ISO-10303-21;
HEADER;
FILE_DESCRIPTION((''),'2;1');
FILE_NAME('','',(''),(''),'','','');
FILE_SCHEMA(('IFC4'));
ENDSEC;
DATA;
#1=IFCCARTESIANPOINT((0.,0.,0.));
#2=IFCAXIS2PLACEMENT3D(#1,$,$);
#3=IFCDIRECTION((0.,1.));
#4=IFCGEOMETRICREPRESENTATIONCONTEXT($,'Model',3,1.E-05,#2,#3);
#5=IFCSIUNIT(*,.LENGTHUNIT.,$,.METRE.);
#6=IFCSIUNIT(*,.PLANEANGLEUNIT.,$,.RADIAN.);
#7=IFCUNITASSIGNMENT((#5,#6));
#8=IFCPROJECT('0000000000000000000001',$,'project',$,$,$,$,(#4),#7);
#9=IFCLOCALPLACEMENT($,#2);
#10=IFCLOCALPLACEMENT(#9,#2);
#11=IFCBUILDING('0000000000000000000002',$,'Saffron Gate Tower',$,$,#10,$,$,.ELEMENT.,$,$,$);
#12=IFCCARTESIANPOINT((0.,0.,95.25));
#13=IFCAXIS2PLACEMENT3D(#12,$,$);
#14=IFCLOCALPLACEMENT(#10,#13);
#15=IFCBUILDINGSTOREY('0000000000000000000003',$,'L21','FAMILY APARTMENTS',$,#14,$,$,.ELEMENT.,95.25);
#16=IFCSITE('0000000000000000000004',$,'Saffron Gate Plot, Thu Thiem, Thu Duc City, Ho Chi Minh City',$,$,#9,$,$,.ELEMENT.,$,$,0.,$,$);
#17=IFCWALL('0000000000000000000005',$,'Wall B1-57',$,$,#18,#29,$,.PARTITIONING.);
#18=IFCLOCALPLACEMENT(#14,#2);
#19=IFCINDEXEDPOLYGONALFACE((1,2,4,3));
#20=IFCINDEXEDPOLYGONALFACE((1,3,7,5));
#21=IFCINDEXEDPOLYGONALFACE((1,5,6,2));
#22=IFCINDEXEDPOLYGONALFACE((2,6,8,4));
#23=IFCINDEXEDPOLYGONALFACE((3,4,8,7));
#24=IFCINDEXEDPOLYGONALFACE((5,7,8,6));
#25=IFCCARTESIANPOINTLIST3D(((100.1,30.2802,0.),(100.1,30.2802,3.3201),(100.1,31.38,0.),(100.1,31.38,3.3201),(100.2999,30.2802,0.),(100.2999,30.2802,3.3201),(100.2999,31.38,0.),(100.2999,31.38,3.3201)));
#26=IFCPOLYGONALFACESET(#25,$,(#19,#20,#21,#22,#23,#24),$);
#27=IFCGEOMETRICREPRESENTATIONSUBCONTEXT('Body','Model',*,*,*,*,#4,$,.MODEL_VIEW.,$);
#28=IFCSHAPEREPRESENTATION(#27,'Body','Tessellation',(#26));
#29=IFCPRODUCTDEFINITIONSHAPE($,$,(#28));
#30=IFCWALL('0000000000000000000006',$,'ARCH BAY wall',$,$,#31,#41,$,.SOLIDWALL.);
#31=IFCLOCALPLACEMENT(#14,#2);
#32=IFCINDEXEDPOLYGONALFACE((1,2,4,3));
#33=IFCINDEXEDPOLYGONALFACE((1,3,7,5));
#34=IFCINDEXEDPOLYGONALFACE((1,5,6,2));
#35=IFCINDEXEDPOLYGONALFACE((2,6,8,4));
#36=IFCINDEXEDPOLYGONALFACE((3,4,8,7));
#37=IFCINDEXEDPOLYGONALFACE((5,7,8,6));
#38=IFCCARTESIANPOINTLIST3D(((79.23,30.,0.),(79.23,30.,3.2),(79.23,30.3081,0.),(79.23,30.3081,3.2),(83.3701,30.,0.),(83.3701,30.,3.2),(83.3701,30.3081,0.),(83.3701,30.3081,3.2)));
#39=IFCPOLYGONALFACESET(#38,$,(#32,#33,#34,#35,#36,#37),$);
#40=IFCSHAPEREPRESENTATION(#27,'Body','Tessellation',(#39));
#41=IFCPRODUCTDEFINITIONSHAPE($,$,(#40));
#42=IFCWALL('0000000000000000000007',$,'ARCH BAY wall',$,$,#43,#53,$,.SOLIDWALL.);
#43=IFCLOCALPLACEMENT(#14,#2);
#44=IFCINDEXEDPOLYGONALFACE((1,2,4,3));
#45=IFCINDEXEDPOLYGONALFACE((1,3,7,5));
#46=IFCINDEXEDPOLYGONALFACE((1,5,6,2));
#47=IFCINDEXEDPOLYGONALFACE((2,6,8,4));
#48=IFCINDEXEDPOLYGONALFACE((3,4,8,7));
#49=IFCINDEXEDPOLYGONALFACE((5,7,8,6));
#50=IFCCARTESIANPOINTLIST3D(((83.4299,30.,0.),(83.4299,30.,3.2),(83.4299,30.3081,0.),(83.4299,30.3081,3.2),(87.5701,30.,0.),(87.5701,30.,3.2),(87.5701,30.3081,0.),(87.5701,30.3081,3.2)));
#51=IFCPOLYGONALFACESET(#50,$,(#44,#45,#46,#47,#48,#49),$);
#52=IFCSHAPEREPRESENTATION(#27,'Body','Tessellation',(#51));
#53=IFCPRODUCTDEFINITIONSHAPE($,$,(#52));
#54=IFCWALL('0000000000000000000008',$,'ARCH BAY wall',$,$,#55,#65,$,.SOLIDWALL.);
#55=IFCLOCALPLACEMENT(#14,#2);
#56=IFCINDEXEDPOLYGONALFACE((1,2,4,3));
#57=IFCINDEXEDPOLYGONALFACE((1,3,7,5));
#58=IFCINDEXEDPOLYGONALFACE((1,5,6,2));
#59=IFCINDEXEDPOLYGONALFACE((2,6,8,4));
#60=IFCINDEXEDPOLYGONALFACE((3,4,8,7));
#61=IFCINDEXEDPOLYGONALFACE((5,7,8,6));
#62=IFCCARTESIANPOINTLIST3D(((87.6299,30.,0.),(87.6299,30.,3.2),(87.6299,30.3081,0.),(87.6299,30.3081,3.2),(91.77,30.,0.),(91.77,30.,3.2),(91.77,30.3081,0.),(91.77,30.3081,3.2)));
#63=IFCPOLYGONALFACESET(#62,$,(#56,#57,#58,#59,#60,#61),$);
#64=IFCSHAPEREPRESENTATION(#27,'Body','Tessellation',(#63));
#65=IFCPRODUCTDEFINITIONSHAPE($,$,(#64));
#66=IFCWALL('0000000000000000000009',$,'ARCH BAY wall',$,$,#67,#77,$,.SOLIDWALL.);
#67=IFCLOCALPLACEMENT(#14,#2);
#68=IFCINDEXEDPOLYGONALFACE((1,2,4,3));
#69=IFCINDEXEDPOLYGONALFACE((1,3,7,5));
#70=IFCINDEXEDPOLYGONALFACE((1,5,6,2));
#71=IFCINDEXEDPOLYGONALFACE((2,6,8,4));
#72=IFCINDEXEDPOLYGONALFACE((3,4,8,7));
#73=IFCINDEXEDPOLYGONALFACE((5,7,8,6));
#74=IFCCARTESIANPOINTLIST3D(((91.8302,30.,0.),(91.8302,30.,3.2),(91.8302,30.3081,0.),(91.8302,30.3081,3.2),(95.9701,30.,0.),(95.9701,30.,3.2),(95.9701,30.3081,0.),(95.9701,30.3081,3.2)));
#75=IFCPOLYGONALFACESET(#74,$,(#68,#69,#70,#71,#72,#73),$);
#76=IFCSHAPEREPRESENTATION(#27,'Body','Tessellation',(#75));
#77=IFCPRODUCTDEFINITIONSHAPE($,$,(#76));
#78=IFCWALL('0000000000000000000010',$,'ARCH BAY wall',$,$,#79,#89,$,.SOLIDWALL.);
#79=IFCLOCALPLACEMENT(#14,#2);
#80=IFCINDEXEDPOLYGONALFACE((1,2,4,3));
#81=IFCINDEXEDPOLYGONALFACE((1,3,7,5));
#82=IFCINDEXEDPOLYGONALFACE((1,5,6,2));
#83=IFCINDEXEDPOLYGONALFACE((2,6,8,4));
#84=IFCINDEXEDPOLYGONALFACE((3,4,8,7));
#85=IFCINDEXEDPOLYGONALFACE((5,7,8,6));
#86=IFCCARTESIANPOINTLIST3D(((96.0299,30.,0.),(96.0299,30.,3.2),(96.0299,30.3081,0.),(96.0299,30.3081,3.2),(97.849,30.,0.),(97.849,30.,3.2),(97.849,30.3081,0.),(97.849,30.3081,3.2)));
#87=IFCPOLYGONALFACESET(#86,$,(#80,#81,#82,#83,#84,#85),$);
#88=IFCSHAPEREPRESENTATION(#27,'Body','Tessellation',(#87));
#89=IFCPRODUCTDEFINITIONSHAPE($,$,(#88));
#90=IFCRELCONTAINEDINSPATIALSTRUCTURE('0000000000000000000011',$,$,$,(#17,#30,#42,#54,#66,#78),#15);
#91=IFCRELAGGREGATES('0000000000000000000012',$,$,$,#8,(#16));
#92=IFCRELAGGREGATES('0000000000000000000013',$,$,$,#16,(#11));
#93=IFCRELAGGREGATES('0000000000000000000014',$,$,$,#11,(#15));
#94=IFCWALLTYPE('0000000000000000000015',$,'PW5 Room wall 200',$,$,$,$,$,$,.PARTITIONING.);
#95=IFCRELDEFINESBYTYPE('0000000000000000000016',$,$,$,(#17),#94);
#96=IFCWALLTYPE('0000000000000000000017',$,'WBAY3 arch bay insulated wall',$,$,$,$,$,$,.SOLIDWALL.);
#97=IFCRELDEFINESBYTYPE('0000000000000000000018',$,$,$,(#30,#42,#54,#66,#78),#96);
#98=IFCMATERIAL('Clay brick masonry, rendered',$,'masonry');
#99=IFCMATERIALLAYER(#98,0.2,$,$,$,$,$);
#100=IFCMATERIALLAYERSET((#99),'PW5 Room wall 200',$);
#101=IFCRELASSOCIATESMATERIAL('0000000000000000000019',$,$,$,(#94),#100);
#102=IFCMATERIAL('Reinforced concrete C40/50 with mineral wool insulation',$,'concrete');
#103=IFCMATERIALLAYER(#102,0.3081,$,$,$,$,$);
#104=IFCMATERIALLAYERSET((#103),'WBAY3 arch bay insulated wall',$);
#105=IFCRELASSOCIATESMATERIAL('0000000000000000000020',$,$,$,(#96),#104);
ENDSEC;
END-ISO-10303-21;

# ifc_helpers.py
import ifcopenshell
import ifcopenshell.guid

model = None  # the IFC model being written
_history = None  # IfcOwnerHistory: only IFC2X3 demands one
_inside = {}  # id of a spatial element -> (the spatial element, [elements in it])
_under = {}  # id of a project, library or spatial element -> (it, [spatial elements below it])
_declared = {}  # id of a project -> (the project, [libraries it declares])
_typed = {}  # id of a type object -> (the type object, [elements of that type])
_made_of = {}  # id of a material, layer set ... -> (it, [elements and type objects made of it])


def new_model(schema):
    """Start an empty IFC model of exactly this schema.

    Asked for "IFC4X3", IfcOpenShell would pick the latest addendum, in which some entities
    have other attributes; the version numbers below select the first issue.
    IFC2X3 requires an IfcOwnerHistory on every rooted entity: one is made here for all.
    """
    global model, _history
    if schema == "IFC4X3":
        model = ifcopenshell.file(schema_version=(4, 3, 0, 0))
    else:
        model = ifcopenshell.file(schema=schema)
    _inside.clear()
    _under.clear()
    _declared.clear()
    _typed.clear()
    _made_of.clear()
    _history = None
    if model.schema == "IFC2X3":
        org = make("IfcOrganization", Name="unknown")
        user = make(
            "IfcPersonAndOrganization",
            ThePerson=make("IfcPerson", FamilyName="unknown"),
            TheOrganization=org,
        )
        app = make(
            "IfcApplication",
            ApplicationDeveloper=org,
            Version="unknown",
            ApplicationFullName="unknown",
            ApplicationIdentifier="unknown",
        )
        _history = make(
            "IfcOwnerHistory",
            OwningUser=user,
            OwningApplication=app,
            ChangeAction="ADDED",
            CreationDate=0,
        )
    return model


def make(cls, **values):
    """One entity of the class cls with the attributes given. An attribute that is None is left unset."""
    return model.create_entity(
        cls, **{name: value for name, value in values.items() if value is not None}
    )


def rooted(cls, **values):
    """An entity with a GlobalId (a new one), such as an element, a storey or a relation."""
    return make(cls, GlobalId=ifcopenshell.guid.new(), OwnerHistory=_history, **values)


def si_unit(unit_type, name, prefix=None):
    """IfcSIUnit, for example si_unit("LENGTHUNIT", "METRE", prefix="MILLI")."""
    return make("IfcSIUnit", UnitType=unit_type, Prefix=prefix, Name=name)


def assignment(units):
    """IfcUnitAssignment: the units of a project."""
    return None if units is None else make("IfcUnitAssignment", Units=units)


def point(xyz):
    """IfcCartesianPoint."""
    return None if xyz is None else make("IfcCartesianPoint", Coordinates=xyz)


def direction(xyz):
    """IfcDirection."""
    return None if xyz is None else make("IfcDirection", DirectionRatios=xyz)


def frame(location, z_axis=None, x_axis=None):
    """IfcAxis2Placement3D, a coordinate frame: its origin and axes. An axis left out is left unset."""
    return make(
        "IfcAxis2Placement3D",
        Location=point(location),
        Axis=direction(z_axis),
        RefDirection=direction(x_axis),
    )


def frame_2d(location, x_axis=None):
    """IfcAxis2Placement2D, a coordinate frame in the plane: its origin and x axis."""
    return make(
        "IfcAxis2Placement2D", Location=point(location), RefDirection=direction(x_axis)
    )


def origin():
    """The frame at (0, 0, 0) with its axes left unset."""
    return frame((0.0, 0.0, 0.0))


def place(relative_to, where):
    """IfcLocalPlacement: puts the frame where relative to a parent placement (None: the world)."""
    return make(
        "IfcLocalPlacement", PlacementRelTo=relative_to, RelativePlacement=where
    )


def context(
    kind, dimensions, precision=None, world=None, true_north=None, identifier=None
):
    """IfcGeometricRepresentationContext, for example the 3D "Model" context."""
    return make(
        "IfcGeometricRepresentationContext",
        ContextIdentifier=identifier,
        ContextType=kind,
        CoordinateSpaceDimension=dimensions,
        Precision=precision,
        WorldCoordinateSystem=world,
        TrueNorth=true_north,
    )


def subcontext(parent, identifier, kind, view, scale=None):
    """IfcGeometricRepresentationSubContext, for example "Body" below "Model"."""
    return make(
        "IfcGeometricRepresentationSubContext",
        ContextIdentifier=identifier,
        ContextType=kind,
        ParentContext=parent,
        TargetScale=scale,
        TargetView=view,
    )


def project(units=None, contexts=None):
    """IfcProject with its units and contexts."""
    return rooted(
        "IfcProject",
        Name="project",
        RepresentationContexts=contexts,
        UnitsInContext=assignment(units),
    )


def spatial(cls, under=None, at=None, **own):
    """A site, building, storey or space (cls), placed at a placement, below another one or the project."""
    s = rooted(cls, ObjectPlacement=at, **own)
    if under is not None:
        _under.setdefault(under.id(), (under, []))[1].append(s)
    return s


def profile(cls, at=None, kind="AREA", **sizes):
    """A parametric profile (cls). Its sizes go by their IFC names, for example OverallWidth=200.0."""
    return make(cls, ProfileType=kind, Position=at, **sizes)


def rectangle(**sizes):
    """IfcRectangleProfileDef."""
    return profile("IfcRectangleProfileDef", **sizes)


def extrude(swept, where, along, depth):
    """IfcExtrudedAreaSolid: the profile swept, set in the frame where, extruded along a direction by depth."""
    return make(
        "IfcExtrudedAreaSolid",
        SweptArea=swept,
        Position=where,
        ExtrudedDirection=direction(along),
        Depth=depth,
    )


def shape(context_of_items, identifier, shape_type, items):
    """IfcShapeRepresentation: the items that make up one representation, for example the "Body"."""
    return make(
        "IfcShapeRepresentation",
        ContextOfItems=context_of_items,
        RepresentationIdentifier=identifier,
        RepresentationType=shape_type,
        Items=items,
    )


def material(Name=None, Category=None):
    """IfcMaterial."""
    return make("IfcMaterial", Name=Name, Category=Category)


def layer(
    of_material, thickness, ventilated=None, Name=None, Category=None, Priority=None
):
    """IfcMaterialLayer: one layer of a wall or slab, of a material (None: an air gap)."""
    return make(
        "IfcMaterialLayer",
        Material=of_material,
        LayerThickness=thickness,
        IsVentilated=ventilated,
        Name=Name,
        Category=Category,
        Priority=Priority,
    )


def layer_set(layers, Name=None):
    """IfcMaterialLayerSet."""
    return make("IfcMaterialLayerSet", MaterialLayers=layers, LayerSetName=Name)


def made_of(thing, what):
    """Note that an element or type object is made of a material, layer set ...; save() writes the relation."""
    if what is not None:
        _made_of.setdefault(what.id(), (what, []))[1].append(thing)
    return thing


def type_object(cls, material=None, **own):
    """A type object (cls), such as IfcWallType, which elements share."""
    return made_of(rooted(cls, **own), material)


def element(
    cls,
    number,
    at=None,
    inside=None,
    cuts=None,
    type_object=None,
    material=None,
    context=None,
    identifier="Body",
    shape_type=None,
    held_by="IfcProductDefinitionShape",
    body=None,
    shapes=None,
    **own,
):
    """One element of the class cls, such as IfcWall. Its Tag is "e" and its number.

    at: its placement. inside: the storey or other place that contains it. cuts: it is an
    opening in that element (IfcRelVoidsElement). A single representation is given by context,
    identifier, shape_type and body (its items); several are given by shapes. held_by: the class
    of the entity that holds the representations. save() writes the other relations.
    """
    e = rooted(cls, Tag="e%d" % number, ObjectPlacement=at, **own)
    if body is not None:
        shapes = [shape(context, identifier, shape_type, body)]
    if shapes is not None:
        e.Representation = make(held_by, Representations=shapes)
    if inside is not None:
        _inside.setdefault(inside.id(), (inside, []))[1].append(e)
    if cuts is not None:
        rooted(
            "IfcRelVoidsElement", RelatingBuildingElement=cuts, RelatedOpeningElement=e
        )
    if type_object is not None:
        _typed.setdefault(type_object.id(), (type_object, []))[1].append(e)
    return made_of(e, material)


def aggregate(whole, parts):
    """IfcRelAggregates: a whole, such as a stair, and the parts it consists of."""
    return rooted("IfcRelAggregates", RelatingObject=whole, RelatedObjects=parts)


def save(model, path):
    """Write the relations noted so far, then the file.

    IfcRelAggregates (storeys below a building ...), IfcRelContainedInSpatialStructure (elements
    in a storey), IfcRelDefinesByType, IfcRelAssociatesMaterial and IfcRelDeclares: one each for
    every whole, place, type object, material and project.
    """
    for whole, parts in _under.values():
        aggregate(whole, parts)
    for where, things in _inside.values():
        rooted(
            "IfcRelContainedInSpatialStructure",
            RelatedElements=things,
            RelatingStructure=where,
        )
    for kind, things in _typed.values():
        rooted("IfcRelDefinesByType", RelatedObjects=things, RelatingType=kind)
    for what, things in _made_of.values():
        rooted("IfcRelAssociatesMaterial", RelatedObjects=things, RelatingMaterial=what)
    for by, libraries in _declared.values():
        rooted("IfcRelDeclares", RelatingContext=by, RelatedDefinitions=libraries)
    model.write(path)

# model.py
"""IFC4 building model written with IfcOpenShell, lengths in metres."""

from ifc_helpers import new_model, si_unit, direction, frame, frame_2d, origin, place, context, subcontext, project, spatial, rectangle, extrude, material, layer, layer_set, type_object, element, save


model = new_model("IFC4")

# Units and contexts
model_context = context("Model", 3, precision=1e-05, world=origin(), true_north=direction((0.0, 1.0)))
body_context = subcontext(model_context, "Body", "Model", "MODEL_VIEW")
ifc_project = project(units=[si_unit("LENGTHUNIT", "METRE"), si_unit("PLANEANGLEUNIT", "RADIAN")], contexts=[model_context])

# Site, building, storey
site_placement = place(None, origin())
site = spatial("IfcSite", under=ifc_project, at=site_placement, Name="Saffron Gate Plot, Thu Thiem, Thu Duc City, Ho Chi Minh City", CompositionType="ELEMENT", RefElevation=0.0)
building_placement = place(site_placement, origin())
building = spatial("IfcBuilding", under=site, at=building_placement, Name="Saffron Gate Tower", CompositionType="ELEMENT")
storey_placement = place(building_placement, frame((0.0, 0.0, 95.25)))
storey = spatial("IfcBuildingStorey", under=building, at=storey_placement, Name="L21", Description="FAMILY APARTMENTS", CompositionType="ELEMENT", Elevation=95.25)

# Walls
ifc_material_1 = material(Name="Clay brick masonry, rendered", Category="masonry")
ifc_layer_1 = layer(ifc_material_1, 0.2)
ifc_layer_set_1 = layer_set([ifc_layer_1], Name="PW5 Room wall 200")
wall_type_1 = type_object("IfcWallType", Name="PW5 Room wall 200", PredefinedType="PARTITIONING", material=ifc_layer_set_1)
wall_1_placement = place(storey_placement, frame((100.2, 31.3799, 0.0), z_axis=(0.0, 0.0, 1.0), x_axis=(0.0, -1.0, 0.0)))
element("IfcWall", 1, at=wall_1_placement, inside=storey, type_object=wall_type_1, Name="Wall B1-57", PredefinedType="PARTITIONING", context=body_context, shape_type="SweptSolid", body=[
    extrude(rectangle(XDim=1.0999, YDim=0.2, at=frame_2d((0.5498, 0.0))), origin(), (0.0, 0.0, 1.0), 3.3201),
])
ifc_material_2 = material(Name="Reinforced concrete C40/50 with mineral wool insulation", Category="concrete")
ifc_layer_2 = layer(ifc_material_2, 0.3081)
ifc_layer_set_2 = layer_set([ifc_layer_2], Name="WBAY3 arch bay insulated wall")
wall_type_2 = type_object("IfcWallType", Name="WBAY3 arch bay insulated wall", PredefinedType="SOLIDWALL", material=ifc_layer_set_2)
for number, where, z_axis, x_axis, name in (
    (2, (83.3701, 30.1541, 0.0), (0.0, 0.0, 1.0), (-1.0, 0.0, 0.0), "ARCH BAY wall"),
    (3, (87.5701, 30.1541, 0.0), (0.0, 0.0, 1.0), (-1.0, 0.0, 0.0), "ARCH BAY wall"),
    (4, (91.77, 30.1541, 0.0), (0.0, 0.0, 1.0), (-1.0, 0.0, 0.0), "ARCH BAY wall"),
):
    element("IfcWall", number, at=place(storey_placement, frame(where, z_axis=z_axis, x_axis=x_axis)), inside=storey, type_object=wall_type_2, Name=name, PredefinedType="SOLIDWALL", context=body_context, shape_type="SweptSolid", body=[
        extrude(rectangle(XDim=4.1401, YDim=0.3081, at=frame_2d((2.0701, 0.0))), origin(), (0.0, 0.0, 1.0), 3.2),
    ])
wall_2_placement = place(storey_placement, frame((95.97, 30.1541, 0.0), z_axis=(0.0, 0.0, 1.0), x_axis=(-1.0, 0.0, 0.0)))
element("IfcWall", 5, at=wall_2_placement, inside=storey, type_object=wall_type_2, Name="ARCH BAY wall", PredefinedType="SOLIDWALL", context=body_context, shape_type="SweptSolid", body=[
    extrude(rectangle(XDim=4.1399, YDim=0.3081, at=frame_2d((2.0698, 0.0))), origin(), (0.0, 0.0, 1.0), 3.2),
])
wall_3_placement = place(storey_placement, frame((97.8491, 30.1541, 0.0), z_axis=(0.0, 0.0, 1.0), x_axis=(-1.0, 0.0, 0.0)))
element("IfcWall", 6, at=wall_3_placement, inside=storey, type_object=wall_type_2, Name="ARCH BAY wall", PredefinedType="SOLIDWALL", context=body_context, shape_type="SweptSolid", body=[
    extrude(rectangle(XDim=1.8191, YDim=0.3081, at=frame_2d((0.9097, 0.0))), origin(), (0.0, 0.0, 1.0), 3.2),
])

save(model, "model.ifc")
